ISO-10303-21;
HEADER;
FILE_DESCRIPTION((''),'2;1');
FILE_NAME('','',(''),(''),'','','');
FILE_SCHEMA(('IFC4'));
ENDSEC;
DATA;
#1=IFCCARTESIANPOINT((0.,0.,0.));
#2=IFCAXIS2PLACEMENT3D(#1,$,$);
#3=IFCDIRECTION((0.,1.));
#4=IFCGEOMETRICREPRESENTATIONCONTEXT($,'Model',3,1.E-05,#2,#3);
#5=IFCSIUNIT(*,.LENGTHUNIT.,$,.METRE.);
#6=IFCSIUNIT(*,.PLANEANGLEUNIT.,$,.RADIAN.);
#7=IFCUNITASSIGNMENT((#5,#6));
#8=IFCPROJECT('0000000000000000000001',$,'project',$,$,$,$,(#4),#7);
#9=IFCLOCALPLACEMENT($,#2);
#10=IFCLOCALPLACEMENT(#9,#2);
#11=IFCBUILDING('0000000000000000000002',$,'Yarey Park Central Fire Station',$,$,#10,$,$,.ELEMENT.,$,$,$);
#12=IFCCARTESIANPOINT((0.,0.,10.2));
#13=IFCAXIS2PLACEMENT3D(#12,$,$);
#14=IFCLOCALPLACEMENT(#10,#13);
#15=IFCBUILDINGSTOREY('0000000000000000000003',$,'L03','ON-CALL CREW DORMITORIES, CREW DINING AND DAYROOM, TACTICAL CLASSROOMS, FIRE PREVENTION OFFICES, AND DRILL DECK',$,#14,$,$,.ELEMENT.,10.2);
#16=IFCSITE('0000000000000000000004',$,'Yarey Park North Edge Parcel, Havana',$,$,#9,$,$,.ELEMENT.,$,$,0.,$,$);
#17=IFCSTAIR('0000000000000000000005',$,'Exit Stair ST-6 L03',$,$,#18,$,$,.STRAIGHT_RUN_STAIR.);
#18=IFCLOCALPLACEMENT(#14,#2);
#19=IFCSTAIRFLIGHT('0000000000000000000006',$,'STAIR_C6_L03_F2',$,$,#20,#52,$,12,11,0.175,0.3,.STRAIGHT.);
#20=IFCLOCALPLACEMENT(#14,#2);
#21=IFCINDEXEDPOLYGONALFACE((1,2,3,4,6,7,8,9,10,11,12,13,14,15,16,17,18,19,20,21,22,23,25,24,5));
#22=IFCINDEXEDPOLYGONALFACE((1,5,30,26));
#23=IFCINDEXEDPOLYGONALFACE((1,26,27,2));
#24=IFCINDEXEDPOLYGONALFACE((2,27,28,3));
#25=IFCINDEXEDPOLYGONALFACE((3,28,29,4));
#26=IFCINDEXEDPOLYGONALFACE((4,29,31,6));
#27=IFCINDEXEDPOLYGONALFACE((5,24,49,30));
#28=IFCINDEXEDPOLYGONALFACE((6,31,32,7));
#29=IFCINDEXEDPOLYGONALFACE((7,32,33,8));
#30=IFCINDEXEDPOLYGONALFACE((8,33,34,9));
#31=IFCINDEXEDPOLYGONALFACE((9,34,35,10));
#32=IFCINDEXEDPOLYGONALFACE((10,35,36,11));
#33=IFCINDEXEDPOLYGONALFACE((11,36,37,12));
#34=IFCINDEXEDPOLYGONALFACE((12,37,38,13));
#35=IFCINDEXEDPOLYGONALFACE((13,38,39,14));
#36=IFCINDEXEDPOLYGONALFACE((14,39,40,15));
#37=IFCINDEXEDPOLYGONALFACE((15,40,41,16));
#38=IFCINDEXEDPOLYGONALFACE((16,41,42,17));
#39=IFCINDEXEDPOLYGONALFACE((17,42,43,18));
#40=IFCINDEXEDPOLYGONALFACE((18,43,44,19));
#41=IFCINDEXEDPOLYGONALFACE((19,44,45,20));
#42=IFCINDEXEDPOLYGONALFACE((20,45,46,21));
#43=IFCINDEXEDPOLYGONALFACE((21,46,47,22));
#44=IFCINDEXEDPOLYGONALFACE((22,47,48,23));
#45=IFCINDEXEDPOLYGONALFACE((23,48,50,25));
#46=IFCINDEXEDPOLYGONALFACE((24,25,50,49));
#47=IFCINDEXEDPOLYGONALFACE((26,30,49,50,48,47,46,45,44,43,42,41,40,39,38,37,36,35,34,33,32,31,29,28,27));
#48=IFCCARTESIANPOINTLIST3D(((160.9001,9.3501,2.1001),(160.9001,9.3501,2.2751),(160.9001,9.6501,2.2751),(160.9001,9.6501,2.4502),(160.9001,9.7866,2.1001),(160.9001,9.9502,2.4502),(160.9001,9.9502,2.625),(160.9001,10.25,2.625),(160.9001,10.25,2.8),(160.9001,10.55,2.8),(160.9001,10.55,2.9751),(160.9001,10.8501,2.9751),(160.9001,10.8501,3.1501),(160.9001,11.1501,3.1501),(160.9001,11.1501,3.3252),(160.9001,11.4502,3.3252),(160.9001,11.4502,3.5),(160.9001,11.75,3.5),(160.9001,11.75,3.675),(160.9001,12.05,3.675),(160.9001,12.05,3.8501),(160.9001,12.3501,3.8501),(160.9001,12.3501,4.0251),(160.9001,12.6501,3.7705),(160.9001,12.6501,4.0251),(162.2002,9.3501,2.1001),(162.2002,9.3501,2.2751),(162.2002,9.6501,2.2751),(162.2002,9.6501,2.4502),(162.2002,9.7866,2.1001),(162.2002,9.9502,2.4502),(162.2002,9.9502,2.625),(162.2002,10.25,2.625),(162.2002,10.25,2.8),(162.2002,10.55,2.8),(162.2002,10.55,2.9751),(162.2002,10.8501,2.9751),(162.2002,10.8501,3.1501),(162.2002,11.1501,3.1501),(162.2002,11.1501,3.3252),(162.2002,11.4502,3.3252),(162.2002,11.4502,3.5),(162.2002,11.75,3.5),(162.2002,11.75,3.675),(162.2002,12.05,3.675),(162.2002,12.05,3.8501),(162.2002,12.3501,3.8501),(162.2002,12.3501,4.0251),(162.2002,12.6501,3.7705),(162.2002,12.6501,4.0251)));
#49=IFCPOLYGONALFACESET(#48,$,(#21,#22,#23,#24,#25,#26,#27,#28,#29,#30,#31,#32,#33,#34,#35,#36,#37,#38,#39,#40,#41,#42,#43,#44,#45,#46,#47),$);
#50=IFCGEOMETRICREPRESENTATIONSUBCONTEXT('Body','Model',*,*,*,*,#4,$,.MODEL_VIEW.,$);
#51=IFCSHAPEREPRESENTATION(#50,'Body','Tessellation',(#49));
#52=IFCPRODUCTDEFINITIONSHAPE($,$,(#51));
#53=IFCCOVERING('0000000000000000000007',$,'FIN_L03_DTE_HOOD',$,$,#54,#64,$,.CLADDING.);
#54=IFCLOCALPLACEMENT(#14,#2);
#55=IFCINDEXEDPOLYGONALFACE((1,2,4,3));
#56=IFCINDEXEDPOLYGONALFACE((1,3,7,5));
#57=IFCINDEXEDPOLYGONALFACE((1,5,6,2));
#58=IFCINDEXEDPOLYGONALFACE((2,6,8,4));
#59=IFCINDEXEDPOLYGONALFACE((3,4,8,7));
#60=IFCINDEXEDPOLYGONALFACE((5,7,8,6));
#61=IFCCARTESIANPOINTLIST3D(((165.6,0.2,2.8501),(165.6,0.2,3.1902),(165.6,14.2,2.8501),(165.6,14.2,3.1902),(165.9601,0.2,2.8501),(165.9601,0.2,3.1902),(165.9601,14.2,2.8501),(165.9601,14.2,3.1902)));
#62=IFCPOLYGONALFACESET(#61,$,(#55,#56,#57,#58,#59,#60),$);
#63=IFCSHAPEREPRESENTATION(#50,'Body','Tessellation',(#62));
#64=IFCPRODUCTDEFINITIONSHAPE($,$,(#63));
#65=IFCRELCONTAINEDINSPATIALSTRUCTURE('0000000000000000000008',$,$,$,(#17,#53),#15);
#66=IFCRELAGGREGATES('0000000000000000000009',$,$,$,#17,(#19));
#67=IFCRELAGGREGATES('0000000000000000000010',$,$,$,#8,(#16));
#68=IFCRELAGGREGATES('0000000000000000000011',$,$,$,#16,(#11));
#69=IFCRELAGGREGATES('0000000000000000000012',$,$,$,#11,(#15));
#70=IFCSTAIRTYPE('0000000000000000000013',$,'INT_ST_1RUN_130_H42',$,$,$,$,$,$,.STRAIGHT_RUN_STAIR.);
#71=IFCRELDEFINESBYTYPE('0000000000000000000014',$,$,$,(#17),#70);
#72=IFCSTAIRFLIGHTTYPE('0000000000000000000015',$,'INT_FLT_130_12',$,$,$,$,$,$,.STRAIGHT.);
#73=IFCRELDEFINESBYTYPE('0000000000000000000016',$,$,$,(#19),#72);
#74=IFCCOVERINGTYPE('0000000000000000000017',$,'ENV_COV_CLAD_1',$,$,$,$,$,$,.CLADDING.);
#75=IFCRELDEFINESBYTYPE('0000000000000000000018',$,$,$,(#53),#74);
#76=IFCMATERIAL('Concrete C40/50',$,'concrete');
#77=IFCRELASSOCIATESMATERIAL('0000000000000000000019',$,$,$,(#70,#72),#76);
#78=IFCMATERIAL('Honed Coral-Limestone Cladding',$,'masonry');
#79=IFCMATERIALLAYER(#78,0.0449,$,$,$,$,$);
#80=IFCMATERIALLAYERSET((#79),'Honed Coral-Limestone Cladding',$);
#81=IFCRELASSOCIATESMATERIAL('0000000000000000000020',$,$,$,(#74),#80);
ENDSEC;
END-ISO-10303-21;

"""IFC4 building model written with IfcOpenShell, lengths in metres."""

from ifc_helpers import new_model, si_unit, direction, frame, origin, origin_2d, place, context, subcontext, project, spatial, polyline, rectangle, outline, extrude, material, layer, layer_set, type_object, element, aggregate, save


model = new_model("IFC4")

# Units and contexts
model_context = context("Model", 3, precision=1e-05, world=origin(), true_north=direction((0.0, 1.0)))
body_context = subcontext(model_context, "Body", "Model", "MODEL_VIEW")
ifc_project = project(units=[si_unit("LENGTHUNIT", "METRE"), si_unit("PLANEANGLEUNIT", "RADIAN")], contexts=[model_context])

# Site, building, storey
site_placement = place(None, origin())
site = spatial("IfcSite", under=ifc_project, at=site_placement, Name="Yarey Park North Edge Parcel, Havana", CompositionType="ELEMENT", RefElevation=0.0)
building_placement = place(site_placement, origin())
building = spatial("IfcBuilding", under=site, at=building_placement, Name="Yarey Park Central Fire Station", CompositionType="ELEMENT")
storey_placement = place(building_placement, frame((0.0, 0.0, 10.2)))
storey = spatial("IfcBuildingStorey", under=building, at=storey_placement, Name="L03", Description="ON-CALL CREW DORMITORIES, CREW DINING AND DAYROOM, TACTICAL CLASSROOMS, FIRE PREVENTION OFFICES, AND DRILL DECK", CompositionType="ELEMENT", Elevation=10.2)

# Shared definitions
ifc_material_1 = material(Name="Concrete C40/50", Category="concrete")

# Stair, stair flight
stair_type = type_object("IfcStairType", Name="INT_ST_1RUN_130_H42", PredefinedType="STRAIGHT_RUN_STAIR", material=ifc_material_1)
stair_placement = place(storey_placement, origin())
stair = element("IfcStair", 1, at=stair_placement, inside=storey, type_object=stair_type, Name="Exit Stair ST-6 L03", PredefinedType="STRAIGHT_RUN_STAIR")
stair_flight_type = type_object("IfcStairFlightType", Name="INT_FLT_130_12", PredefinedType="STRAIGHT", material=ifc_material_1)
stair_flight_placement = place(storey_placement, frame((161.55, 9.3501, 2.1001), z_axis=(0.0, 0.0, 1.0), x_axis=(0.0, 1.0, 0.0)))
stair_flight = element("IfcStairFlight", 2, at=stair_flight_placement, type_object=stair_flight_type, Name="STAIR_C6_L03_F2", NumberOfRisers=12, NumberOfTreads=11, PredefinedType="STRAIGHT", RiserHeight=0.175, TreadLength=0.3, context=body_context, shape_type="SweptSolid", body=[
    extrude(outline(polyline([(0.0, 0.0), (0.0, 0.175), (0.3, 0.175), (0.3, 0.3501), (0.6001, 0.3501), (0.6001, 0.5249), (0.8999, 0.5249), (0.8999, 0.7), (1.2, 0.7), (1.2, 0.875), (1.5, 0.875), (1.5, 1.05), (1.8, 1.05), (1.8, 1.2251), (2.1001, 1.2251), (2.1001, 1.3999), (2.3999, 1.3999), (2.3999, 1.575), (2.7, 1.575), (2.7, 1.75), (3.0, 1.75), (3.0, 1.925), (3.3, 1.925), (3.3, 2.1001), (3.3, 1.6704), (0.4365, 0.0), (0.0, 0.0)])), frame((0.0, 0.6499, 0.0), z_axis=(0.0, -1.0, 0.0), x_axis=(1.0, 0.0, 0.0)), (0.0, 0.0, 1.0), 1.3),
])
aggregate(stair, [stair_flight])

# Covering
ifc_material_2 = material(Name="Honed Coral-Limestone Cladding", Category="masonry")
ifc_layer_1 = layer(ifc_material_2, 0.0449)
ifc_layer_set_1 = layer_set([ifc_layer_1], Name="Honed Coral-Limestone Cladding")
covering_type = type_object("IfcCoveringType", Name="ENV_COV_CLAD_1", PredefinedType="CLADDING", material=ifc_layer_set_1)
covering_placement = place(storey_placement, frame((165.78, 7.2, 2.8501), z_axis=(0.0, 0.0, 1.0), x_axis=(0.0, 1.0, 0.0)))
element("IfcCovering", 3, at=covering_placement, inside=storey, type_object=covering_type, Name="FIN_L03_DTE_HOOD", PredefinedType="CLADDING", context=body_context, shape_type="SweptSolid", body=[
    extrude(rectangle(XDim=14.0, YDim=0.3601, at=origin_2d()), origin(), (0.0, 0.0, 1.0), 0.3401),
])

save(model, "model.ifc")
